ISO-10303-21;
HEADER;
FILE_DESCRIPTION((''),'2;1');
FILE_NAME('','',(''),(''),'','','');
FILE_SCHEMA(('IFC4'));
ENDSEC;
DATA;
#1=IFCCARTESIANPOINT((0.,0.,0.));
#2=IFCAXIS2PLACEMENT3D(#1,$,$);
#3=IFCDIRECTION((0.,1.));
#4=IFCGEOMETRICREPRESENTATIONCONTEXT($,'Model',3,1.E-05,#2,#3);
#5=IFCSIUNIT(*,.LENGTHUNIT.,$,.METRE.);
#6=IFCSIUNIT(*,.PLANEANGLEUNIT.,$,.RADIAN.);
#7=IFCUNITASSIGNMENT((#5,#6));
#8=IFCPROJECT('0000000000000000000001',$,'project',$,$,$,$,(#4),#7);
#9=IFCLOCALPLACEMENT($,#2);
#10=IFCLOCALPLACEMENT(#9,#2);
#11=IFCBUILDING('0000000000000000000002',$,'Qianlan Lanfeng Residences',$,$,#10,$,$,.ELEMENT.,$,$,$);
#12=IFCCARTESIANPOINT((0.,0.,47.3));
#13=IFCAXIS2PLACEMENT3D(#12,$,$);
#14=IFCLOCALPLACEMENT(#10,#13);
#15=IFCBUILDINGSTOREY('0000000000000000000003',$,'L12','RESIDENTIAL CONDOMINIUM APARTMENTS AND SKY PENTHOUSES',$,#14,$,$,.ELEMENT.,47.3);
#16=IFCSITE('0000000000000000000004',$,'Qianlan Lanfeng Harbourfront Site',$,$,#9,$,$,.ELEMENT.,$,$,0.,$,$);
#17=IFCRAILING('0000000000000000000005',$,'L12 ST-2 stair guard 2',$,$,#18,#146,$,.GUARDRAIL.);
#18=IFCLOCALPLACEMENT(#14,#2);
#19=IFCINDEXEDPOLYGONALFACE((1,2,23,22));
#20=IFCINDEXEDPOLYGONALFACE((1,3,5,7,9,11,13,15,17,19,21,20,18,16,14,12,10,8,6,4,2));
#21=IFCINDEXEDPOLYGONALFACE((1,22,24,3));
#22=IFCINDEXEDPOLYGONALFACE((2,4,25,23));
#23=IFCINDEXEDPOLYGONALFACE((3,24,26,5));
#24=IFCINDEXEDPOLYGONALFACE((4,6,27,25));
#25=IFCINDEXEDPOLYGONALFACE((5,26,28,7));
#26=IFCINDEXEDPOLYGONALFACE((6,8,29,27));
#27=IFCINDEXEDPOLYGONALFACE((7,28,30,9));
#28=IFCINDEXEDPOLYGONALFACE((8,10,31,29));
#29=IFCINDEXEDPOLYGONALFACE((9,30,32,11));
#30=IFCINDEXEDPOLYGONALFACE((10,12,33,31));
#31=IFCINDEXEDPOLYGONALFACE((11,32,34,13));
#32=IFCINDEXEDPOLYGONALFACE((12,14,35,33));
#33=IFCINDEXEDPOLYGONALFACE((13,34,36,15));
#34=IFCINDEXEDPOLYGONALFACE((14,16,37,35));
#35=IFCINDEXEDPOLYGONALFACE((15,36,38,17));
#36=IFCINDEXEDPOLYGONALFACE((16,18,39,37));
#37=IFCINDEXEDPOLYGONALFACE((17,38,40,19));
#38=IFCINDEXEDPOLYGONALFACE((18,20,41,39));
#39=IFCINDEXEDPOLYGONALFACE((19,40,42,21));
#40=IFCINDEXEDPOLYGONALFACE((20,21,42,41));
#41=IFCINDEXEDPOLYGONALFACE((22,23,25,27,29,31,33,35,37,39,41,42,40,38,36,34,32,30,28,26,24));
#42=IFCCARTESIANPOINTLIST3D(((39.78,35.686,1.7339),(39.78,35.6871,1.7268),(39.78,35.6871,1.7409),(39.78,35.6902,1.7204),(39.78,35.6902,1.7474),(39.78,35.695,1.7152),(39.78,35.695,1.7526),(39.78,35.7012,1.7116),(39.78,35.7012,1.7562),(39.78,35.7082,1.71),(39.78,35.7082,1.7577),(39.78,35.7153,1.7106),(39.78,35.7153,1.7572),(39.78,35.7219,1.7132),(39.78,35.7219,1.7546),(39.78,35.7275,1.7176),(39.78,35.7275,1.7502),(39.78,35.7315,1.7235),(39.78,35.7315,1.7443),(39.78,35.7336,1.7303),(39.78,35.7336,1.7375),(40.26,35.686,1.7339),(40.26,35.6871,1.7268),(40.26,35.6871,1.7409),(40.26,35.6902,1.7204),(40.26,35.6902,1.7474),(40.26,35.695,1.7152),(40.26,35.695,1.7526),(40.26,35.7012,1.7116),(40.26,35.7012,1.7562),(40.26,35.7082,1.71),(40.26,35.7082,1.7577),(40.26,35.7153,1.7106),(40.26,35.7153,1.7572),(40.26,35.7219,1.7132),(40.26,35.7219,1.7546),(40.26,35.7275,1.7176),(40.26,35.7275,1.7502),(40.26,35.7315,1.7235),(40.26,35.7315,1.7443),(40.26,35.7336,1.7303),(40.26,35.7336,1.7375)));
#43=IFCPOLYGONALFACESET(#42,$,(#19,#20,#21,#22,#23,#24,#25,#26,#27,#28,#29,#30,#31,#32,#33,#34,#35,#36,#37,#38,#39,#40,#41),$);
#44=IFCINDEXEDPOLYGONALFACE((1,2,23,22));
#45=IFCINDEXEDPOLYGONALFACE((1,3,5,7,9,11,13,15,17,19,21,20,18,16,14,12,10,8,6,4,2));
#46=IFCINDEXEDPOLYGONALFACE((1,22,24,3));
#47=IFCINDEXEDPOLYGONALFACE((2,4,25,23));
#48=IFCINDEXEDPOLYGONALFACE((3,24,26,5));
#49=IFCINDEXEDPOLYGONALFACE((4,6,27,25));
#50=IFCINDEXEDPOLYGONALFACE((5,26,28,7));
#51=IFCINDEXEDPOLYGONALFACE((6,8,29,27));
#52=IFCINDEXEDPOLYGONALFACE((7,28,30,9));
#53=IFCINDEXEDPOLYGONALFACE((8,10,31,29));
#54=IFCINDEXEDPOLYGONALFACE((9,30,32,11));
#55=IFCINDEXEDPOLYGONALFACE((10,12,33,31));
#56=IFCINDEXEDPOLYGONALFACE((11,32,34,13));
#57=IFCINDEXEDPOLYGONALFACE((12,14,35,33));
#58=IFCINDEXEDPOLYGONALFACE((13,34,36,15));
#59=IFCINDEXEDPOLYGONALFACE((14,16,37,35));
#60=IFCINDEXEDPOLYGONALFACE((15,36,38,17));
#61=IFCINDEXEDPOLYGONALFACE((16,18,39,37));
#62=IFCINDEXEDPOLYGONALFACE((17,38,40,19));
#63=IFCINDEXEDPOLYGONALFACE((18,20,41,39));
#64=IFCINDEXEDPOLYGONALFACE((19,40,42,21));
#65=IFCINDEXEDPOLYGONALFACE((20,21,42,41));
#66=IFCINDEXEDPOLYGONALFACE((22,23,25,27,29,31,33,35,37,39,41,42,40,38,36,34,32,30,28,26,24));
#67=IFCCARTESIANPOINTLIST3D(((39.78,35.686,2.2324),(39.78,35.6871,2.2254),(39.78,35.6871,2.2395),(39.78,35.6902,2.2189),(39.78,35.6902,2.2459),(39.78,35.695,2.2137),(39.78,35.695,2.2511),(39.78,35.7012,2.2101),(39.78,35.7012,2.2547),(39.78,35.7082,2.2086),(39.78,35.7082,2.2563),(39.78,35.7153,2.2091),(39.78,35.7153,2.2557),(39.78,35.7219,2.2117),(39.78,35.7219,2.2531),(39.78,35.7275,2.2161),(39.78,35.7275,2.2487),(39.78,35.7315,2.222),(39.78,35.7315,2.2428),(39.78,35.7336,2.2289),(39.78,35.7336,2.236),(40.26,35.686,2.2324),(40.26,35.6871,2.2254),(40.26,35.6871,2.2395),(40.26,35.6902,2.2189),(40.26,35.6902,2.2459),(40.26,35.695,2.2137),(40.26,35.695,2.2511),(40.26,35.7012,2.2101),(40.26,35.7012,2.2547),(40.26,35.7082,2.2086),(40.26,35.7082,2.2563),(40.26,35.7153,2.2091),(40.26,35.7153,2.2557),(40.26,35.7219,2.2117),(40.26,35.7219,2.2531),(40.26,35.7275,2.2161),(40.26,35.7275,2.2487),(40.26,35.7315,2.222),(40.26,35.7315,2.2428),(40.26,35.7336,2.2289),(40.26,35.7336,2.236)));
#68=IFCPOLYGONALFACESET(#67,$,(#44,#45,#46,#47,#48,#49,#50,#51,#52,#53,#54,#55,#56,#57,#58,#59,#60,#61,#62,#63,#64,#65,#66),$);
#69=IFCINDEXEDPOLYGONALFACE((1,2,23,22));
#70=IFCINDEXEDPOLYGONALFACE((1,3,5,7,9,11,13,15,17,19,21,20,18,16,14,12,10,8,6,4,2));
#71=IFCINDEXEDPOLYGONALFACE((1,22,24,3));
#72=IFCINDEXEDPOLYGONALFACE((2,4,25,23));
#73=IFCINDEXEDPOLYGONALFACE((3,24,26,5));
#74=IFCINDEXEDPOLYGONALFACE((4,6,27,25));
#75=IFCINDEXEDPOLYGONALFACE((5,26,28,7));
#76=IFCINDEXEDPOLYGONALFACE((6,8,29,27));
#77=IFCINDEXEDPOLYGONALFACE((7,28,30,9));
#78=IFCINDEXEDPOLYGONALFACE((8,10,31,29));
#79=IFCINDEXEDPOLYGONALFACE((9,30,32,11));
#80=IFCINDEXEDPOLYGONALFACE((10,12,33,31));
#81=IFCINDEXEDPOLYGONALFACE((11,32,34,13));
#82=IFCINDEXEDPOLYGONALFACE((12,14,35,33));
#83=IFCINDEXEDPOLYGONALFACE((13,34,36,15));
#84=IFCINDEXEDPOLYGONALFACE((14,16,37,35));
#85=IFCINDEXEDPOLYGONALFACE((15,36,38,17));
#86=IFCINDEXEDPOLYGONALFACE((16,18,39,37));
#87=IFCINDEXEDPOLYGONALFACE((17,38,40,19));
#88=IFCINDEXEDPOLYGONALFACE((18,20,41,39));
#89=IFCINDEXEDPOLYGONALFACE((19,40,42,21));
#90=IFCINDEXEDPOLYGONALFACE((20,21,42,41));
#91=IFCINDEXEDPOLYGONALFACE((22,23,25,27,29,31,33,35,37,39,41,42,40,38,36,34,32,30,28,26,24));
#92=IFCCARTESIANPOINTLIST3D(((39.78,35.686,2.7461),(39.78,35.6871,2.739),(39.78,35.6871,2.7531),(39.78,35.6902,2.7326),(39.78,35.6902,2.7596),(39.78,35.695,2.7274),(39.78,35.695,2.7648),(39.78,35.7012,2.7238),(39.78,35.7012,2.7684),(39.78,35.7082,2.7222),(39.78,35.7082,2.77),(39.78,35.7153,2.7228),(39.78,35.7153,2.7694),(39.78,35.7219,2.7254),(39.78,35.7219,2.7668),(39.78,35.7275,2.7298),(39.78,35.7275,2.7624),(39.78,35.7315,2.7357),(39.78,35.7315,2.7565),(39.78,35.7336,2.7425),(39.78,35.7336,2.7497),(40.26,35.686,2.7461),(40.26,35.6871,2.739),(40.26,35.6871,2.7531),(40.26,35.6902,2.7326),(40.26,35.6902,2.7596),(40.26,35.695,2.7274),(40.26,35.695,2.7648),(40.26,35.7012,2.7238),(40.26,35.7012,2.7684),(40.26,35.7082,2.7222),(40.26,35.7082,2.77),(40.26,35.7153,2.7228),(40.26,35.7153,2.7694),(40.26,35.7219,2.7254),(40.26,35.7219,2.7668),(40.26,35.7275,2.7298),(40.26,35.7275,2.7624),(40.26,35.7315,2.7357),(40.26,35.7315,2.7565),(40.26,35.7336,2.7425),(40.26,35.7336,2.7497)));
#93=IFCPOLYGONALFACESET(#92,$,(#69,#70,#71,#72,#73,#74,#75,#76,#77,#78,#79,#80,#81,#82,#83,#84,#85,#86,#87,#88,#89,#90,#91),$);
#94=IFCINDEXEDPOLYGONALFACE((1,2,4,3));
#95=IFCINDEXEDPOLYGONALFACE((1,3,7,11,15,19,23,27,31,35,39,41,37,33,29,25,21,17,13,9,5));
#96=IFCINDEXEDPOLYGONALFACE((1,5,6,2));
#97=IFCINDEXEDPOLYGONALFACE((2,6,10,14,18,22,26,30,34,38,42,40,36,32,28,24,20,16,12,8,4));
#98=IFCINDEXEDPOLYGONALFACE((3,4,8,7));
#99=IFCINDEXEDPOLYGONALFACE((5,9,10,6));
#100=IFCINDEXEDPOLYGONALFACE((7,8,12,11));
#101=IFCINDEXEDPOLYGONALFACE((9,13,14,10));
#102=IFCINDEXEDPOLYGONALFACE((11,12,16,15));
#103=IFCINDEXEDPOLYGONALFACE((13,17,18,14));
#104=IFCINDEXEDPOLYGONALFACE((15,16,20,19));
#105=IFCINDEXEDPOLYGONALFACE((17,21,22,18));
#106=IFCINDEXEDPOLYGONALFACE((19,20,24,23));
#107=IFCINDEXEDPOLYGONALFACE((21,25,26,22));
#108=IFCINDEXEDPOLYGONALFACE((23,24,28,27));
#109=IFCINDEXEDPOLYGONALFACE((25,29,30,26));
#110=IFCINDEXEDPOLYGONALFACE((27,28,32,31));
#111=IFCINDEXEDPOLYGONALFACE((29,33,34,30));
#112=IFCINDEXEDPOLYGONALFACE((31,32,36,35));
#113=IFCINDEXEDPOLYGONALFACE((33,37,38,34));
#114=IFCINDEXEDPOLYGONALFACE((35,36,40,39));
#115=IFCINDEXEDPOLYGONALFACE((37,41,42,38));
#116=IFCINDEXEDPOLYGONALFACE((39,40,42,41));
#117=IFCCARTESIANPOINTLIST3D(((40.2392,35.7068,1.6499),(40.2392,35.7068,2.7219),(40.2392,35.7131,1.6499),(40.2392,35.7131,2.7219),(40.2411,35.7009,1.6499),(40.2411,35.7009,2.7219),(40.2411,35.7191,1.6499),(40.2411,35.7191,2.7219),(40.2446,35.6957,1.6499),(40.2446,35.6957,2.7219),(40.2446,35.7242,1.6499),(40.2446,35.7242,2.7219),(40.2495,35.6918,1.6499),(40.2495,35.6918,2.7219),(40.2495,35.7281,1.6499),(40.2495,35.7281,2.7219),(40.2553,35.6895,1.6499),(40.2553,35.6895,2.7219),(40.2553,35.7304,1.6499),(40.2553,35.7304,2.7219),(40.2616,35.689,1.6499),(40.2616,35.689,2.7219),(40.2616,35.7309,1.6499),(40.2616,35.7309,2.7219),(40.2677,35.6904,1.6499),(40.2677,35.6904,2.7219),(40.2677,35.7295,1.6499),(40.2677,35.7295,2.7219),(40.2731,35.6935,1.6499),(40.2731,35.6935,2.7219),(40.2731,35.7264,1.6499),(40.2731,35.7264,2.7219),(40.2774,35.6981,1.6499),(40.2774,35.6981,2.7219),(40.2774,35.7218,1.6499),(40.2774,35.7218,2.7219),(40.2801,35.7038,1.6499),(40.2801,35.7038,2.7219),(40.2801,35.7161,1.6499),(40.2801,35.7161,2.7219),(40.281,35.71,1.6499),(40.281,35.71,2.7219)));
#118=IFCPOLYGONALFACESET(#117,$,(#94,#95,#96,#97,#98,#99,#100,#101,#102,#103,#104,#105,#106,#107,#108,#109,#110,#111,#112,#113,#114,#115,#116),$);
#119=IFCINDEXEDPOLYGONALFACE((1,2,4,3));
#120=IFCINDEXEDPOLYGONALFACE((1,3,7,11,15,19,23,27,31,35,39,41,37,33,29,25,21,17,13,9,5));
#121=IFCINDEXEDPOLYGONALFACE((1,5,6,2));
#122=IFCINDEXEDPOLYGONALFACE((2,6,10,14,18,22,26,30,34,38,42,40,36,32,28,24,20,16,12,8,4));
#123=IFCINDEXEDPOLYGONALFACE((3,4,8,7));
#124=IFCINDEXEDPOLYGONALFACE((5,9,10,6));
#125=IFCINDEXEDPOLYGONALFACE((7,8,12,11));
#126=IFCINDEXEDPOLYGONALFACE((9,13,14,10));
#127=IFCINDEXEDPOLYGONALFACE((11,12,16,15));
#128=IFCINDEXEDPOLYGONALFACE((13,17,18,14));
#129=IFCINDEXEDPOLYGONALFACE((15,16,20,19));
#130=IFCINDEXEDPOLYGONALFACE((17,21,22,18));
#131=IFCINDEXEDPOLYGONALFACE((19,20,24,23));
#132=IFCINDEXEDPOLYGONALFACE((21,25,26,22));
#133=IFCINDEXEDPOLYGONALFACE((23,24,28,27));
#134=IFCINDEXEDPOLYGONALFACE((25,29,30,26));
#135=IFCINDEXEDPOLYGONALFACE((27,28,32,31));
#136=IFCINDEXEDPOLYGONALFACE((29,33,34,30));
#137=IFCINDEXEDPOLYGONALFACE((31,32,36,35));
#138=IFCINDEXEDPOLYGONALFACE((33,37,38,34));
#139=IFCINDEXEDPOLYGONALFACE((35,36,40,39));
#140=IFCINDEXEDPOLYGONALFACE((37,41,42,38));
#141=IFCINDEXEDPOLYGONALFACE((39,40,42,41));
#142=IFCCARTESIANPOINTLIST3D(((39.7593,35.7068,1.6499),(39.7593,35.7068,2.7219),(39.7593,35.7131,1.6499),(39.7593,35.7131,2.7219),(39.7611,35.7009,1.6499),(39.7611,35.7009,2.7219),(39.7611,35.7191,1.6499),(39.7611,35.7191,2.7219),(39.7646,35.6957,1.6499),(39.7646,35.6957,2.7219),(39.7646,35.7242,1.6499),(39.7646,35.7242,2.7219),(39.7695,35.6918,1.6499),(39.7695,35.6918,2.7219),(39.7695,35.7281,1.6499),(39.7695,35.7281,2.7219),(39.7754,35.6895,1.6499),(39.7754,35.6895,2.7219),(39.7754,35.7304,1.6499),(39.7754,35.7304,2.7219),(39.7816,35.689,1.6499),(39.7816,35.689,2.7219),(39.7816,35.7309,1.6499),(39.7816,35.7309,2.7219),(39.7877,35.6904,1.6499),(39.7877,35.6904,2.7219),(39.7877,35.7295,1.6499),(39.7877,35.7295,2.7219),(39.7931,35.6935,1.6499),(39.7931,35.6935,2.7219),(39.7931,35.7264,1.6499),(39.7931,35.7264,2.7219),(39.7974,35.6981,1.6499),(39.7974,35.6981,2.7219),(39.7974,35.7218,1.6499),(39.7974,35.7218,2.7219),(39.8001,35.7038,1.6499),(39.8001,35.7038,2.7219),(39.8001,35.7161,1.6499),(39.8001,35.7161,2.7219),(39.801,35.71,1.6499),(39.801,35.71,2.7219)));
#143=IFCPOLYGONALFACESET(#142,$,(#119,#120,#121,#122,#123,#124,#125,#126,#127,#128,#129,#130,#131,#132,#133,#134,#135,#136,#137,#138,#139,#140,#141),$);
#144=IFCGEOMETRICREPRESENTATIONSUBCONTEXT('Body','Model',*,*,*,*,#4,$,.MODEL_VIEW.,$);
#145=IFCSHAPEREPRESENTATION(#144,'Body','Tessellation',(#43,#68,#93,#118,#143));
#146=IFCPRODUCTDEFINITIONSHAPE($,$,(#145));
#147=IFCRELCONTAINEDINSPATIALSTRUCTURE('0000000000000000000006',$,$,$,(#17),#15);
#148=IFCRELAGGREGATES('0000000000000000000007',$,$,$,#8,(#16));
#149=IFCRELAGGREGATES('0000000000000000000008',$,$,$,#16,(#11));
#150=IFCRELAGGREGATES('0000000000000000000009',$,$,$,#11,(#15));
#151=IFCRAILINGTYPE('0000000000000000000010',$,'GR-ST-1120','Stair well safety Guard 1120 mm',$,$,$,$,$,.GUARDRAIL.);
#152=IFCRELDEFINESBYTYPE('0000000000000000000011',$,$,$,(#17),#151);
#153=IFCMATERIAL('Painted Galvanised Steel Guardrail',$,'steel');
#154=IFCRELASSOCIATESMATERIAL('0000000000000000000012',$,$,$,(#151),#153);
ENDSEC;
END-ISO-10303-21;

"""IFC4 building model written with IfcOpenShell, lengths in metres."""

from ifc_helpers import new_model, si_unit, direction, frame, origin, origin_2d, place, context, subcontext, project, spatial, circle, extrude, material, type_object, element, save


model = new_model("IFC4")

# Units and contexts
model_context = context("Model", 3, precision=1e-05, world=origin(), true_north=direction((0.0, 1.0)))
body_context = subcontext(model_context, "Body", "Model", "MODEL_VIEW")
ifc_project = project(units=[si_unit("LENGTHUNIT", "METRE"), si_unit("PLANEANGLEUNIT", "RADIAN")], contexts=[model_context])

# Site, building, storey
site_placement = place(None, origin())
site = spatial("IfcSite", under=ifc_project, at=site_placement, Name="Qianlan Lanfeng Harbourfront Site", CompositionType="ELEMENT", RefElevation=0.0)
building_placement = place(site_placement, origin())
building = spatial("IfcBuilding", under=site, at=building_placement, Name="Qianlan Lanfeng Residences", CompositionType="ELEMENT")
storey_placement = place(building_placement, frame((0.0, 0.0, 47.3)))
storey = spatial("IfcBuildingStorey", under=building, at=storey_placement, Name="L12", Description="RESIDENTIAL CONDOMINIUM APARTMENTS AND SKY PENTHOUSES", CompositionType="ELEMENT", Elevation=47.3)

# Railing
ifc_material_1 = material(Name="Painted Galvanised Steel Guardrail", Category="steel")
railing_type_1 = type_object("IfcRailingType", Name="GR-ST-1120", Description="Stair well safety Guard 1120 mm", PredefinedType="GUARDRAIL", material=ifc_material_1)
railing_1_placement = place(storey_placement, frame((40.26, 35.71, 1.6499)))
element("IfcRailing", 1, at=railing_1_placement, inside=storey, type_object=railing_type_1, Name="L12 ST-2 stair guard 2", PredefinedType="GUARDRAIL", context=body_context, shape_type="SweptSolid", body=[
    extrude(circle(Radius=0.0239, at=origin_2d()), frame((0.0, 0.0, 0.084), z_axis=(-1.0, 0.0, 0.0), x_axis=(0.0, -1.0, 0.0)), (0.0, 0.0, 1.0), 0.48),
    extrude(circle(Radius=0.0239, at=origin_2d()), frame((0.0, 0.0, 0.5825), z_axis=(-1.0, 0.0, 0.0), x_axis=(0.0, -1.0, 0.0)), (0.0, 0.0, 1.0), 0.48),
    extrude(circle(Radius=0.0239, at=origin_2d()), frame((0.0, 0.0, 1.0962), z_axis=(-1.0, 0.0, 0.0), x_axis=(0.0, -1.0, 0.0)), (0.0, 0.0, 1.0), 0.48),
    extrude(circle(Radius=0.021, at=origin_2d()), origin(), (0.0, 0.0, 1.0), 1.072),
    extrude(circle(Radius=0.021, at=origin_2d()), frame((-0.48, 0.0, 0.0)), (0.0, 0.0, 1.0), 1.072),
])

save(model, "model.ifc")
